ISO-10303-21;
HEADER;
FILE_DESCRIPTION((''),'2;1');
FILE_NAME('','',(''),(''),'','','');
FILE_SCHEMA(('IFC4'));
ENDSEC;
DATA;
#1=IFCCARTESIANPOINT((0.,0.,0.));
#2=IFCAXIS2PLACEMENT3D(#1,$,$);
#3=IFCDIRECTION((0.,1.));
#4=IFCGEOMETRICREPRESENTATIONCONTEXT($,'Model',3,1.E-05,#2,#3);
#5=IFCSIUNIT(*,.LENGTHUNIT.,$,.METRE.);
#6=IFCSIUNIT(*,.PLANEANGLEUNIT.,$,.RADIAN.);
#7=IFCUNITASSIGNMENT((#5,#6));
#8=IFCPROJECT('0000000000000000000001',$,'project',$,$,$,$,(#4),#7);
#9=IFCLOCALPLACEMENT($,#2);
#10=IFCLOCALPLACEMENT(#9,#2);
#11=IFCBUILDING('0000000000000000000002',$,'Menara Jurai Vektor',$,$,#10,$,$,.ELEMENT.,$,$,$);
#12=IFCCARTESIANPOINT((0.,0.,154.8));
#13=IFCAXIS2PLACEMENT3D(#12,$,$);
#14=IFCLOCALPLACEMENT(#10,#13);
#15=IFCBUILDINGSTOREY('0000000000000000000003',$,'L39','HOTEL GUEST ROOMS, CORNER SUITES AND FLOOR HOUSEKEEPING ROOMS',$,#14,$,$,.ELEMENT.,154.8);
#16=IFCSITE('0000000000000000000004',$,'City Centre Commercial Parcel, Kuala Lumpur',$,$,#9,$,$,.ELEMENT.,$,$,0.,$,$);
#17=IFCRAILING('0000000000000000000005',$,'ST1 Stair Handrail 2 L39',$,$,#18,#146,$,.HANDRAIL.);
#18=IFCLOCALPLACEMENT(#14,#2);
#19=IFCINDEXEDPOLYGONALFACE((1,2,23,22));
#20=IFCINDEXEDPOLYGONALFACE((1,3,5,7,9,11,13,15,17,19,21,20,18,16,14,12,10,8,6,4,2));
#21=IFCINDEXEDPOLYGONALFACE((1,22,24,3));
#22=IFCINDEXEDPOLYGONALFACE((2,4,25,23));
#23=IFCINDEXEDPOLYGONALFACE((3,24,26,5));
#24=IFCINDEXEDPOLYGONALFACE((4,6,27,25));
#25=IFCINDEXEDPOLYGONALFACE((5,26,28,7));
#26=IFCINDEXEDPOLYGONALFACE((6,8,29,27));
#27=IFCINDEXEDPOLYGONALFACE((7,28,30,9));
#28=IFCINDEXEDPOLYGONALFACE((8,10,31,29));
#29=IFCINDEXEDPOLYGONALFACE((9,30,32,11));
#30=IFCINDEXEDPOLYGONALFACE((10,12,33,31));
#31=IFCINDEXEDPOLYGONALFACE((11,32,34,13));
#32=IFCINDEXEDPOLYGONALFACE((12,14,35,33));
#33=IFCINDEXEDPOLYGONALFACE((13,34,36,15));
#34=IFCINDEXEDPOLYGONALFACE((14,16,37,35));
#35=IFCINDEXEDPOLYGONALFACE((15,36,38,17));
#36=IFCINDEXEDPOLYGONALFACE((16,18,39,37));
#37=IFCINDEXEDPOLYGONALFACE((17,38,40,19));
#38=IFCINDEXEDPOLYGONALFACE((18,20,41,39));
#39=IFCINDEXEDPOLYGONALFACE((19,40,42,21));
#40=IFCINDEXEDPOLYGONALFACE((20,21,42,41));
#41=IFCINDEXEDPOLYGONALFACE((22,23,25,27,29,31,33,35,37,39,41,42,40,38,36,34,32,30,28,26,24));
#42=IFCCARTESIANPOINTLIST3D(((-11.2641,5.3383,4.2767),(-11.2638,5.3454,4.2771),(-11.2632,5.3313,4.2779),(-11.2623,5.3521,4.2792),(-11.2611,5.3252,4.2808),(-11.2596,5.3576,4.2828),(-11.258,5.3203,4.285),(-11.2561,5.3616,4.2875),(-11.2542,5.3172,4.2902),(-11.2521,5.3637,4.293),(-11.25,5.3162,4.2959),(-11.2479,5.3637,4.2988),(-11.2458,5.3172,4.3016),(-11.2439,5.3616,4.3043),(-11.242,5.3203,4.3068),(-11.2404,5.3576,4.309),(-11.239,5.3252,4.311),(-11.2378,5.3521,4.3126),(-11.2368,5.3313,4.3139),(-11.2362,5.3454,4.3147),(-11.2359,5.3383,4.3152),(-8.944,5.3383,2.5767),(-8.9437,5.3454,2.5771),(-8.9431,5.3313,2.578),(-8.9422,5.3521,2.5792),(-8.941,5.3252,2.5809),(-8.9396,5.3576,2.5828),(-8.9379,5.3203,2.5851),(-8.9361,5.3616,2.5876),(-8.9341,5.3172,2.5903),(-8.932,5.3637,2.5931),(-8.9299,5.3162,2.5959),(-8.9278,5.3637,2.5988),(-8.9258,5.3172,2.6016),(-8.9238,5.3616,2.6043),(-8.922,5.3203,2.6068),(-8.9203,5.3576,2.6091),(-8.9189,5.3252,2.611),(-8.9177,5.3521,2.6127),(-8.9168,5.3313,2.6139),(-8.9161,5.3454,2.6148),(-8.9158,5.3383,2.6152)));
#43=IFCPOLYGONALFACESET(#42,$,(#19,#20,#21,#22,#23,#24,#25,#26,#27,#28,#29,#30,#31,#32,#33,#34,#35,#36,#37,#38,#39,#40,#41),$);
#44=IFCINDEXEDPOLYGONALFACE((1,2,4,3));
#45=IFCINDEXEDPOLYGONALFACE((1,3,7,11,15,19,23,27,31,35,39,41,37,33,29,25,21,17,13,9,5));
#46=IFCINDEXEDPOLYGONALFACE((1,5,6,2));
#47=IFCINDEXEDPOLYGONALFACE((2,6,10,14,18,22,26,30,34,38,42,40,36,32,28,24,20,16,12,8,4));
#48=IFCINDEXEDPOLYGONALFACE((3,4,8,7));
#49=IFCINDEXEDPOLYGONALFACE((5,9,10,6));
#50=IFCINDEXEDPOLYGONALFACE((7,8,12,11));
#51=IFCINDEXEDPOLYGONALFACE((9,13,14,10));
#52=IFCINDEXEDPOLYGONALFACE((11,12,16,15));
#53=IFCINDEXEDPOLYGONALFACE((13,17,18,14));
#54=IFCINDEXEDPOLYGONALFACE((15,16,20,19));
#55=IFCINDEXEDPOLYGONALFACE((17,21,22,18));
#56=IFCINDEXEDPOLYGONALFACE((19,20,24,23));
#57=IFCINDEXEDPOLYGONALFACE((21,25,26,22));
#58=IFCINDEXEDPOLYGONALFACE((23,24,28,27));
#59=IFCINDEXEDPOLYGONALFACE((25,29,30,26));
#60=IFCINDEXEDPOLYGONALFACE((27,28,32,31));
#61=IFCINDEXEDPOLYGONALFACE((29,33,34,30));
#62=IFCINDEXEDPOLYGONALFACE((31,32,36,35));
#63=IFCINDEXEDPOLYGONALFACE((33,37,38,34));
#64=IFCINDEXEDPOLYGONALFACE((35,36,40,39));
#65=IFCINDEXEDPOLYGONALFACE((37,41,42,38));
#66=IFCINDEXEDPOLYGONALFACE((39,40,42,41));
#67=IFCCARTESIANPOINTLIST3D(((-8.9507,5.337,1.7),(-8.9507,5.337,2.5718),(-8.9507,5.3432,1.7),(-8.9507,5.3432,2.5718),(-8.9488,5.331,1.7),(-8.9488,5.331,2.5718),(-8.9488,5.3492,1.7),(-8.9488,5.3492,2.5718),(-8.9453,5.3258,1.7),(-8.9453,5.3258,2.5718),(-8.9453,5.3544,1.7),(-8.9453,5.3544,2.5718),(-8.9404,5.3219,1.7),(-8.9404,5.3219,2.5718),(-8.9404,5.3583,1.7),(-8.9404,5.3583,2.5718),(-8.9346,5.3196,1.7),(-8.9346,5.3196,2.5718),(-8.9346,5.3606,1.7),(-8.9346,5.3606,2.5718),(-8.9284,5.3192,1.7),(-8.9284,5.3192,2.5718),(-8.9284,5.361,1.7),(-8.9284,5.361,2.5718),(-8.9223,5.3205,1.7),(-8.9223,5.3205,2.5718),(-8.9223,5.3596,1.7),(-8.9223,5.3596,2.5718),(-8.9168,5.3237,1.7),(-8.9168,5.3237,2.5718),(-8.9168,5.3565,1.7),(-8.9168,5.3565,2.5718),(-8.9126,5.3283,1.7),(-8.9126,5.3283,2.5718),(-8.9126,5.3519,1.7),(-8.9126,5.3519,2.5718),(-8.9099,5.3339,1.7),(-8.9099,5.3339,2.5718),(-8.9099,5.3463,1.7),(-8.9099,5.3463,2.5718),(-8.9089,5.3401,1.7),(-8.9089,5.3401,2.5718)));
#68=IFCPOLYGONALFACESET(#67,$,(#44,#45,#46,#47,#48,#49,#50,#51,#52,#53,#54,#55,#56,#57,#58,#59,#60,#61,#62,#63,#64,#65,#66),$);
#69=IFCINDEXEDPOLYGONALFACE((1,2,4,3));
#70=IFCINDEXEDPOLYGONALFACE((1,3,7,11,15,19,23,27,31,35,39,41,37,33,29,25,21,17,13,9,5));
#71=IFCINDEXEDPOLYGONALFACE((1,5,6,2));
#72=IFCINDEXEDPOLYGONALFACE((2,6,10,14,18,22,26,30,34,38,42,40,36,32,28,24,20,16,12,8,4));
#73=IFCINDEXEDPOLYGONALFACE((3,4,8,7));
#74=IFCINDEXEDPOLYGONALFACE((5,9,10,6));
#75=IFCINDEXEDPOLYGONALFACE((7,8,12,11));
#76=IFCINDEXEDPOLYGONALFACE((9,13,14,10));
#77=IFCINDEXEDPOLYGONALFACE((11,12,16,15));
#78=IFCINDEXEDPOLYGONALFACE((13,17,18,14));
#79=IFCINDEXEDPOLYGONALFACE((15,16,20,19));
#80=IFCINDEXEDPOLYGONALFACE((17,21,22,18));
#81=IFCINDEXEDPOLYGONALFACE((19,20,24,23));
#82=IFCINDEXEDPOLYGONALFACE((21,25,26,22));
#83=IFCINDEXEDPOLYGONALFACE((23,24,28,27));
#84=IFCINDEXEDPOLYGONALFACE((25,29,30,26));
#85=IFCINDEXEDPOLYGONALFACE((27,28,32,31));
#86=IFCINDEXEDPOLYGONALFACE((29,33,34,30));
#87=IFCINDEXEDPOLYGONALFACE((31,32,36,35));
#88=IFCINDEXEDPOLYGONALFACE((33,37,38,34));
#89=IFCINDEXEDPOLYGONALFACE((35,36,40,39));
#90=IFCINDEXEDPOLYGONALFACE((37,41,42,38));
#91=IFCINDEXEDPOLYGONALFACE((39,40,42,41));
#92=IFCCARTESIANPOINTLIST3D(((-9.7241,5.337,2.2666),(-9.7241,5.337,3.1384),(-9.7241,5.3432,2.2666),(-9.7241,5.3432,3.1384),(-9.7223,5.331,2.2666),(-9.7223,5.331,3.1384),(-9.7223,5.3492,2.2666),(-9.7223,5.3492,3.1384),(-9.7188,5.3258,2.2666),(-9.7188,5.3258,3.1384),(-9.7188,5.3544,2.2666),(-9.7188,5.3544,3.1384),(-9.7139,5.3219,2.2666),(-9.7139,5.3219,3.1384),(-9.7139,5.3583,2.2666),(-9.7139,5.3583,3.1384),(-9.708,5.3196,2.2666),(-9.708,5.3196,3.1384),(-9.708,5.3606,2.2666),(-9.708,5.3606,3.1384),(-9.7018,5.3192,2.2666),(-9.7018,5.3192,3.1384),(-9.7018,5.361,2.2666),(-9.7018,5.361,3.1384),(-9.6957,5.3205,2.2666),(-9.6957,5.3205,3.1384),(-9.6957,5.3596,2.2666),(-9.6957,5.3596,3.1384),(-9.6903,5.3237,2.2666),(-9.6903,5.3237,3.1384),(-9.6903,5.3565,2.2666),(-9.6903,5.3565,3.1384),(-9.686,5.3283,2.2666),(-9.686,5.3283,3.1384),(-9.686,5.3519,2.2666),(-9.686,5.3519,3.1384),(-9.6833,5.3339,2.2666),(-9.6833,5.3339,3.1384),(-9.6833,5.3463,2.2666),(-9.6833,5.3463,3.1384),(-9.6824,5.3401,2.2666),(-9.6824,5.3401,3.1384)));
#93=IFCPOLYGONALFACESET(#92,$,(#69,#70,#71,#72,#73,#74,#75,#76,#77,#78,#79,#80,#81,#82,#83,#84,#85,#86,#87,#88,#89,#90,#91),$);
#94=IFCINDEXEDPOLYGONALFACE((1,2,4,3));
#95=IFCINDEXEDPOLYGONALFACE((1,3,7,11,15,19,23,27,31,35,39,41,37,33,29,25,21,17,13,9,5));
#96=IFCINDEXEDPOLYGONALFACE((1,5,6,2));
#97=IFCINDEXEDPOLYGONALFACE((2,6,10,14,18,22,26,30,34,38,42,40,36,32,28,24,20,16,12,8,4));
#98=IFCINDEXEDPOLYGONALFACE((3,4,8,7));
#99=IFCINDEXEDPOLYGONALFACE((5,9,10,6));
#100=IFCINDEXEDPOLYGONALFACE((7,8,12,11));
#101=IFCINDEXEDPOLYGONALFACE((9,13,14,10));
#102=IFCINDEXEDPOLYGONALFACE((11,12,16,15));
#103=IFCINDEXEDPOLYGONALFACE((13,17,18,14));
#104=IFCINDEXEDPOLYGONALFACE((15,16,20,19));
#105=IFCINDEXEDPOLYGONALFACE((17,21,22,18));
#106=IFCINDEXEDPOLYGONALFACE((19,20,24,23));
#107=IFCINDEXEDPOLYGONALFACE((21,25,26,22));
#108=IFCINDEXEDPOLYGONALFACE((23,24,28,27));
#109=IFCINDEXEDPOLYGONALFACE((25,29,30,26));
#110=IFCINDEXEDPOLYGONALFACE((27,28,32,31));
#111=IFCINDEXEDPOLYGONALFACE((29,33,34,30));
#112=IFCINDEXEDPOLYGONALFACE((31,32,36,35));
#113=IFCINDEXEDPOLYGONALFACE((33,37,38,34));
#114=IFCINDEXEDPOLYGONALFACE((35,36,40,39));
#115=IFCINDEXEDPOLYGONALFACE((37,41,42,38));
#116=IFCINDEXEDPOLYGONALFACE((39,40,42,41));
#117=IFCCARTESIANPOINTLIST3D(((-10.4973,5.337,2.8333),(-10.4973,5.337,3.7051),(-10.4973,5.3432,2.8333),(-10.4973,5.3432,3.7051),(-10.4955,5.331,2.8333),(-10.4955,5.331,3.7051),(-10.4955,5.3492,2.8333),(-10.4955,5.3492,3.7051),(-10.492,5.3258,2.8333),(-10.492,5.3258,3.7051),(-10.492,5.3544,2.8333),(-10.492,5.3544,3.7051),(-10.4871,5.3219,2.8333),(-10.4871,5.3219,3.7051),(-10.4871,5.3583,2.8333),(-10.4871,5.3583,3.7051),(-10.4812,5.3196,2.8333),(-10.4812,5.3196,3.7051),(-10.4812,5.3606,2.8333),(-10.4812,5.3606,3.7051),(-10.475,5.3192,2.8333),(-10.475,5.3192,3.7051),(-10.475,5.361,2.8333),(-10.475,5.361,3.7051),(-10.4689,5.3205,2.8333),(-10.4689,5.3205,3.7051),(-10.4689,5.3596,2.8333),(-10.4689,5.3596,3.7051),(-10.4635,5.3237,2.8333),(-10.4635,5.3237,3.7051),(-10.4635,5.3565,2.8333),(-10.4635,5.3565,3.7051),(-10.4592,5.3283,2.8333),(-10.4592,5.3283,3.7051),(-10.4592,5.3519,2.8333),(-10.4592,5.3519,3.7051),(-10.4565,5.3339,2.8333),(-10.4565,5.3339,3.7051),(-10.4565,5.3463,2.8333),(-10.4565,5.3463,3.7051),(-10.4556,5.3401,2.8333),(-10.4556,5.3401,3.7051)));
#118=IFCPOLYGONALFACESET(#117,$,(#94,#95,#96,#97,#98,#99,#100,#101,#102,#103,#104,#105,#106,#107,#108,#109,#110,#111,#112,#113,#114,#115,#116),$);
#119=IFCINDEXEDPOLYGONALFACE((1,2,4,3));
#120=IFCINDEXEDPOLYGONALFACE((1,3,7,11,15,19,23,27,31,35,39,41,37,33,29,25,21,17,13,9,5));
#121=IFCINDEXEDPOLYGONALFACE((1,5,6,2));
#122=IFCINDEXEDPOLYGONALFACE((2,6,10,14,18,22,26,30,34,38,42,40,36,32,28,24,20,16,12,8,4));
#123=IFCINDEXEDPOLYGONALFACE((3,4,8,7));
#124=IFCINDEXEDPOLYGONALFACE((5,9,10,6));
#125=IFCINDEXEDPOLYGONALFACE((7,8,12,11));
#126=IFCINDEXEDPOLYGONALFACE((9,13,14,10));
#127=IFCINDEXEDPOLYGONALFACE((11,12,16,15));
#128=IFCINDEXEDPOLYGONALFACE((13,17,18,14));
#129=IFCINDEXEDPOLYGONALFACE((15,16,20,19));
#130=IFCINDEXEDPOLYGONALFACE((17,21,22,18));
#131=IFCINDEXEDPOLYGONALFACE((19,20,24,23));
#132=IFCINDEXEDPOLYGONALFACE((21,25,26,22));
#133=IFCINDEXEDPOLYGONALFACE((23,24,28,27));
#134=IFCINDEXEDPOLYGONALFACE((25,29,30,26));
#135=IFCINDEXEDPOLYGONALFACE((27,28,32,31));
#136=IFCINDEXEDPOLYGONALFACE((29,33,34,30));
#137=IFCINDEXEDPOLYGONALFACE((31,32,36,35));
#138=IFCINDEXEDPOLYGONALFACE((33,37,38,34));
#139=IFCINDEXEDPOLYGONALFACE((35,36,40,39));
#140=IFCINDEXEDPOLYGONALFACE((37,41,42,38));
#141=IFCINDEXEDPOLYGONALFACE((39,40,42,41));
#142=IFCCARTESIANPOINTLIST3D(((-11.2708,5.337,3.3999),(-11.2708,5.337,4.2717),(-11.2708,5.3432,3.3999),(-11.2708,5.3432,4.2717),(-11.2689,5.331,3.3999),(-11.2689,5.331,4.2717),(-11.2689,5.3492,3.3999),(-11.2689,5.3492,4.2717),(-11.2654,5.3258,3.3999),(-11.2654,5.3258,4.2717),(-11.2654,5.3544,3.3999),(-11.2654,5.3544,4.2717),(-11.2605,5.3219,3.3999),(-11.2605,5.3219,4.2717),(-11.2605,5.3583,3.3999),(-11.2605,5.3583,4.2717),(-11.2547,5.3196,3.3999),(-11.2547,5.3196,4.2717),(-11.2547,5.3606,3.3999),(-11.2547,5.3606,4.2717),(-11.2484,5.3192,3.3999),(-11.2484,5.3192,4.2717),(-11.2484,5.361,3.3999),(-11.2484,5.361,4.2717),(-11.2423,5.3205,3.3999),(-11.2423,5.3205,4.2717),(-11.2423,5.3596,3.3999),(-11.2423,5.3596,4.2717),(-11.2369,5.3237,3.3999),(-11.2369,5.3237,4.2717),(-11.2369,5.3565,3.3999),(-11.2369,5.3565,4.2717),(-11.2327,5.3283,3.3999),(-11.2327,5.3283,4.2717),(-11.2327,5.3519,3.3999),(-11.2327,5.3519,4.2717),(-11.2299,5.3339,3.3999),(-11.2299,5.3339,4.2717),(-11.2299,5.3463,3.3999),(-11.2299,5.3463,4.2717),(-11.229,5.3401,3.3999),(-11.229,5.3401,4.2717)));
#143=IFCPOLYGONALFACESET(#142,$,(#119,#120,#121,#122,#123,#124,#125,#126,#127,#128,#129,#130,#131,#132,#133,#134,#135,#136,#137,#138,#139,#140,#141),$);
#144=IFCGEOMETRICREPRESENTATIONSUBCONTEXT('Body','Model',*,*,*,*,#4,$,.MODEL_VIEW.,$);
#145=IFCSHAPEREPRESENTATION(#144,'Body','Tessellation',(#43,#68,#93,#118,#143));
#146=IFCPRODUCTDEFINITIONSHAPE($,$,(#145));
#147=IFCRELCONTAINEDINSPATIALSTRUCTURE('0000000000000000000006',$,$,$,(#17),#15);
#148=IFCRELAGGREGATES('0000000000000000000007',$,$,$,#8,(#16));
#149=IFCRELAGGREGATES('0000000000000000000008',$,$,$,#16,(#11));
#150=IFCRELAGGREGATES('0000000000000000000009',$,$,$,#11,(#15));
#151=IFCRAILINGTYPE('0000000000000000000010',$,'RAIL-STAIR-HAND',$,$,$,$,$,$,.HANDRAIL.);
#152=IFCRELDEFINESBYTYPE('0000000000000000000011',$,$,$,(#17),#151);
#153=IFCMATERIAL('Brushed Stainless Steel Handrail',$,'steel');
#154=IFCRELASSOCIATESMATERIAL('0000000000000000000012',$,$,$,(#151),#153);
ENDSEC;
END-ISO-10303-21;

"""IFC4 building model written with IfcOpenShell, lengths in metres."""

from ifc_helpers import new_model, si_unit, direction, frame, origin, origin_2d, place, context, subcontext, project, spatial, circle, extrude, material, type_object, element, save


model = new_model("IFC4")

# Units and contexts
model_context = context("Model", 3, precision=1e-05, world=origin(), true_north=direction((0.0, 1.0)))
body_context = subcontext(model_context, "Body", "Model", "MODEL_VIEW")
ifc_project = project(units=[si_unit("LENGTHUNIT", "METRE"), si_unit("PLANEANGLEUNIT", "RADIAN")], contexts=[model_context])

# Site, building, storey
site_placement = place(None, origin())
site = spatial("IfcSite", under=ifc_project, at=site_placement, Name="City Centre Commercial Parcel, Kuala Lumpur", CompositionType="ELEMENT", RefElevation=0.0)
building_placement = place(site_placement, origin())
building = spatial("IfcBuilding", under=site, at=building_placement, Name="Menara Jurai Vektor", CompositionType="ELEMENT")
storey_placement = place(building_placement, frame((0.0, 0.0, 154.8)))
storey = spatial("IfcBuildingStorey", under=building, at=storey_placement, Name="L39", Description="HOTEL GUEST ROOMS, CORNER SUITES AND FLOOR HOUSEKEEPING ROOMS", CompositionType="ELEMENT", Elevation=154.8)

# Railing
ifc_material_1 = material(Name="Brushed Stainless Steel Handrail", Category="steel")
railing_type_1 = type_object("IfcRailingType", Name="RAIL-STAIR-HAND", PredefinedType="HANDRAIL", material=ifc_material_1)
railing_1_placement = place(storey_placement, frame((-8.9299, 5.3401, 1.7)))
element("IfcRailing", 1, at=railing_1_placement, inside=storey, type_object=railing_type_1, Name="ST1 Stair Handrail 2 L39", PredefinedType="HANDRAIL", context=body_context, shape_type="SweptSolid", body=[
    extrude(circle(Radius=0.0239, at=origin_2d()), frame((0.0, 0.0, 0.896), z_axis=(-0.806642, 0.0, 0.59104), x_axis=(0.0, -1.0, 0.0)), (0.0, 0.0, 1.0), 2.8762),
    extrude(circle(Radius=0.021, at=origin_2d()), origin(), (0.0, 0.0, 1.0), 0.8718),
    extrude(circle(Radius=0.021, at=origin_2d()), frame((-0.7734, 0.0, 0.5667)), (0.0, 0.0, 1.0), 0.8718),
    extrude(circle(Radius=0.021, at=origin_2d()), frame((-1.5466, 0.0, 1.1333)), (0.0, 0.0, 1.0), 0.8718),
    extrude(circle(Radius=0.021, at=origin_2d()), frame((-2.3201, 0.0, 1.7)), (0.0, 0.0, 1.0), 0.8718),
])

save(model, "model.ifc")
